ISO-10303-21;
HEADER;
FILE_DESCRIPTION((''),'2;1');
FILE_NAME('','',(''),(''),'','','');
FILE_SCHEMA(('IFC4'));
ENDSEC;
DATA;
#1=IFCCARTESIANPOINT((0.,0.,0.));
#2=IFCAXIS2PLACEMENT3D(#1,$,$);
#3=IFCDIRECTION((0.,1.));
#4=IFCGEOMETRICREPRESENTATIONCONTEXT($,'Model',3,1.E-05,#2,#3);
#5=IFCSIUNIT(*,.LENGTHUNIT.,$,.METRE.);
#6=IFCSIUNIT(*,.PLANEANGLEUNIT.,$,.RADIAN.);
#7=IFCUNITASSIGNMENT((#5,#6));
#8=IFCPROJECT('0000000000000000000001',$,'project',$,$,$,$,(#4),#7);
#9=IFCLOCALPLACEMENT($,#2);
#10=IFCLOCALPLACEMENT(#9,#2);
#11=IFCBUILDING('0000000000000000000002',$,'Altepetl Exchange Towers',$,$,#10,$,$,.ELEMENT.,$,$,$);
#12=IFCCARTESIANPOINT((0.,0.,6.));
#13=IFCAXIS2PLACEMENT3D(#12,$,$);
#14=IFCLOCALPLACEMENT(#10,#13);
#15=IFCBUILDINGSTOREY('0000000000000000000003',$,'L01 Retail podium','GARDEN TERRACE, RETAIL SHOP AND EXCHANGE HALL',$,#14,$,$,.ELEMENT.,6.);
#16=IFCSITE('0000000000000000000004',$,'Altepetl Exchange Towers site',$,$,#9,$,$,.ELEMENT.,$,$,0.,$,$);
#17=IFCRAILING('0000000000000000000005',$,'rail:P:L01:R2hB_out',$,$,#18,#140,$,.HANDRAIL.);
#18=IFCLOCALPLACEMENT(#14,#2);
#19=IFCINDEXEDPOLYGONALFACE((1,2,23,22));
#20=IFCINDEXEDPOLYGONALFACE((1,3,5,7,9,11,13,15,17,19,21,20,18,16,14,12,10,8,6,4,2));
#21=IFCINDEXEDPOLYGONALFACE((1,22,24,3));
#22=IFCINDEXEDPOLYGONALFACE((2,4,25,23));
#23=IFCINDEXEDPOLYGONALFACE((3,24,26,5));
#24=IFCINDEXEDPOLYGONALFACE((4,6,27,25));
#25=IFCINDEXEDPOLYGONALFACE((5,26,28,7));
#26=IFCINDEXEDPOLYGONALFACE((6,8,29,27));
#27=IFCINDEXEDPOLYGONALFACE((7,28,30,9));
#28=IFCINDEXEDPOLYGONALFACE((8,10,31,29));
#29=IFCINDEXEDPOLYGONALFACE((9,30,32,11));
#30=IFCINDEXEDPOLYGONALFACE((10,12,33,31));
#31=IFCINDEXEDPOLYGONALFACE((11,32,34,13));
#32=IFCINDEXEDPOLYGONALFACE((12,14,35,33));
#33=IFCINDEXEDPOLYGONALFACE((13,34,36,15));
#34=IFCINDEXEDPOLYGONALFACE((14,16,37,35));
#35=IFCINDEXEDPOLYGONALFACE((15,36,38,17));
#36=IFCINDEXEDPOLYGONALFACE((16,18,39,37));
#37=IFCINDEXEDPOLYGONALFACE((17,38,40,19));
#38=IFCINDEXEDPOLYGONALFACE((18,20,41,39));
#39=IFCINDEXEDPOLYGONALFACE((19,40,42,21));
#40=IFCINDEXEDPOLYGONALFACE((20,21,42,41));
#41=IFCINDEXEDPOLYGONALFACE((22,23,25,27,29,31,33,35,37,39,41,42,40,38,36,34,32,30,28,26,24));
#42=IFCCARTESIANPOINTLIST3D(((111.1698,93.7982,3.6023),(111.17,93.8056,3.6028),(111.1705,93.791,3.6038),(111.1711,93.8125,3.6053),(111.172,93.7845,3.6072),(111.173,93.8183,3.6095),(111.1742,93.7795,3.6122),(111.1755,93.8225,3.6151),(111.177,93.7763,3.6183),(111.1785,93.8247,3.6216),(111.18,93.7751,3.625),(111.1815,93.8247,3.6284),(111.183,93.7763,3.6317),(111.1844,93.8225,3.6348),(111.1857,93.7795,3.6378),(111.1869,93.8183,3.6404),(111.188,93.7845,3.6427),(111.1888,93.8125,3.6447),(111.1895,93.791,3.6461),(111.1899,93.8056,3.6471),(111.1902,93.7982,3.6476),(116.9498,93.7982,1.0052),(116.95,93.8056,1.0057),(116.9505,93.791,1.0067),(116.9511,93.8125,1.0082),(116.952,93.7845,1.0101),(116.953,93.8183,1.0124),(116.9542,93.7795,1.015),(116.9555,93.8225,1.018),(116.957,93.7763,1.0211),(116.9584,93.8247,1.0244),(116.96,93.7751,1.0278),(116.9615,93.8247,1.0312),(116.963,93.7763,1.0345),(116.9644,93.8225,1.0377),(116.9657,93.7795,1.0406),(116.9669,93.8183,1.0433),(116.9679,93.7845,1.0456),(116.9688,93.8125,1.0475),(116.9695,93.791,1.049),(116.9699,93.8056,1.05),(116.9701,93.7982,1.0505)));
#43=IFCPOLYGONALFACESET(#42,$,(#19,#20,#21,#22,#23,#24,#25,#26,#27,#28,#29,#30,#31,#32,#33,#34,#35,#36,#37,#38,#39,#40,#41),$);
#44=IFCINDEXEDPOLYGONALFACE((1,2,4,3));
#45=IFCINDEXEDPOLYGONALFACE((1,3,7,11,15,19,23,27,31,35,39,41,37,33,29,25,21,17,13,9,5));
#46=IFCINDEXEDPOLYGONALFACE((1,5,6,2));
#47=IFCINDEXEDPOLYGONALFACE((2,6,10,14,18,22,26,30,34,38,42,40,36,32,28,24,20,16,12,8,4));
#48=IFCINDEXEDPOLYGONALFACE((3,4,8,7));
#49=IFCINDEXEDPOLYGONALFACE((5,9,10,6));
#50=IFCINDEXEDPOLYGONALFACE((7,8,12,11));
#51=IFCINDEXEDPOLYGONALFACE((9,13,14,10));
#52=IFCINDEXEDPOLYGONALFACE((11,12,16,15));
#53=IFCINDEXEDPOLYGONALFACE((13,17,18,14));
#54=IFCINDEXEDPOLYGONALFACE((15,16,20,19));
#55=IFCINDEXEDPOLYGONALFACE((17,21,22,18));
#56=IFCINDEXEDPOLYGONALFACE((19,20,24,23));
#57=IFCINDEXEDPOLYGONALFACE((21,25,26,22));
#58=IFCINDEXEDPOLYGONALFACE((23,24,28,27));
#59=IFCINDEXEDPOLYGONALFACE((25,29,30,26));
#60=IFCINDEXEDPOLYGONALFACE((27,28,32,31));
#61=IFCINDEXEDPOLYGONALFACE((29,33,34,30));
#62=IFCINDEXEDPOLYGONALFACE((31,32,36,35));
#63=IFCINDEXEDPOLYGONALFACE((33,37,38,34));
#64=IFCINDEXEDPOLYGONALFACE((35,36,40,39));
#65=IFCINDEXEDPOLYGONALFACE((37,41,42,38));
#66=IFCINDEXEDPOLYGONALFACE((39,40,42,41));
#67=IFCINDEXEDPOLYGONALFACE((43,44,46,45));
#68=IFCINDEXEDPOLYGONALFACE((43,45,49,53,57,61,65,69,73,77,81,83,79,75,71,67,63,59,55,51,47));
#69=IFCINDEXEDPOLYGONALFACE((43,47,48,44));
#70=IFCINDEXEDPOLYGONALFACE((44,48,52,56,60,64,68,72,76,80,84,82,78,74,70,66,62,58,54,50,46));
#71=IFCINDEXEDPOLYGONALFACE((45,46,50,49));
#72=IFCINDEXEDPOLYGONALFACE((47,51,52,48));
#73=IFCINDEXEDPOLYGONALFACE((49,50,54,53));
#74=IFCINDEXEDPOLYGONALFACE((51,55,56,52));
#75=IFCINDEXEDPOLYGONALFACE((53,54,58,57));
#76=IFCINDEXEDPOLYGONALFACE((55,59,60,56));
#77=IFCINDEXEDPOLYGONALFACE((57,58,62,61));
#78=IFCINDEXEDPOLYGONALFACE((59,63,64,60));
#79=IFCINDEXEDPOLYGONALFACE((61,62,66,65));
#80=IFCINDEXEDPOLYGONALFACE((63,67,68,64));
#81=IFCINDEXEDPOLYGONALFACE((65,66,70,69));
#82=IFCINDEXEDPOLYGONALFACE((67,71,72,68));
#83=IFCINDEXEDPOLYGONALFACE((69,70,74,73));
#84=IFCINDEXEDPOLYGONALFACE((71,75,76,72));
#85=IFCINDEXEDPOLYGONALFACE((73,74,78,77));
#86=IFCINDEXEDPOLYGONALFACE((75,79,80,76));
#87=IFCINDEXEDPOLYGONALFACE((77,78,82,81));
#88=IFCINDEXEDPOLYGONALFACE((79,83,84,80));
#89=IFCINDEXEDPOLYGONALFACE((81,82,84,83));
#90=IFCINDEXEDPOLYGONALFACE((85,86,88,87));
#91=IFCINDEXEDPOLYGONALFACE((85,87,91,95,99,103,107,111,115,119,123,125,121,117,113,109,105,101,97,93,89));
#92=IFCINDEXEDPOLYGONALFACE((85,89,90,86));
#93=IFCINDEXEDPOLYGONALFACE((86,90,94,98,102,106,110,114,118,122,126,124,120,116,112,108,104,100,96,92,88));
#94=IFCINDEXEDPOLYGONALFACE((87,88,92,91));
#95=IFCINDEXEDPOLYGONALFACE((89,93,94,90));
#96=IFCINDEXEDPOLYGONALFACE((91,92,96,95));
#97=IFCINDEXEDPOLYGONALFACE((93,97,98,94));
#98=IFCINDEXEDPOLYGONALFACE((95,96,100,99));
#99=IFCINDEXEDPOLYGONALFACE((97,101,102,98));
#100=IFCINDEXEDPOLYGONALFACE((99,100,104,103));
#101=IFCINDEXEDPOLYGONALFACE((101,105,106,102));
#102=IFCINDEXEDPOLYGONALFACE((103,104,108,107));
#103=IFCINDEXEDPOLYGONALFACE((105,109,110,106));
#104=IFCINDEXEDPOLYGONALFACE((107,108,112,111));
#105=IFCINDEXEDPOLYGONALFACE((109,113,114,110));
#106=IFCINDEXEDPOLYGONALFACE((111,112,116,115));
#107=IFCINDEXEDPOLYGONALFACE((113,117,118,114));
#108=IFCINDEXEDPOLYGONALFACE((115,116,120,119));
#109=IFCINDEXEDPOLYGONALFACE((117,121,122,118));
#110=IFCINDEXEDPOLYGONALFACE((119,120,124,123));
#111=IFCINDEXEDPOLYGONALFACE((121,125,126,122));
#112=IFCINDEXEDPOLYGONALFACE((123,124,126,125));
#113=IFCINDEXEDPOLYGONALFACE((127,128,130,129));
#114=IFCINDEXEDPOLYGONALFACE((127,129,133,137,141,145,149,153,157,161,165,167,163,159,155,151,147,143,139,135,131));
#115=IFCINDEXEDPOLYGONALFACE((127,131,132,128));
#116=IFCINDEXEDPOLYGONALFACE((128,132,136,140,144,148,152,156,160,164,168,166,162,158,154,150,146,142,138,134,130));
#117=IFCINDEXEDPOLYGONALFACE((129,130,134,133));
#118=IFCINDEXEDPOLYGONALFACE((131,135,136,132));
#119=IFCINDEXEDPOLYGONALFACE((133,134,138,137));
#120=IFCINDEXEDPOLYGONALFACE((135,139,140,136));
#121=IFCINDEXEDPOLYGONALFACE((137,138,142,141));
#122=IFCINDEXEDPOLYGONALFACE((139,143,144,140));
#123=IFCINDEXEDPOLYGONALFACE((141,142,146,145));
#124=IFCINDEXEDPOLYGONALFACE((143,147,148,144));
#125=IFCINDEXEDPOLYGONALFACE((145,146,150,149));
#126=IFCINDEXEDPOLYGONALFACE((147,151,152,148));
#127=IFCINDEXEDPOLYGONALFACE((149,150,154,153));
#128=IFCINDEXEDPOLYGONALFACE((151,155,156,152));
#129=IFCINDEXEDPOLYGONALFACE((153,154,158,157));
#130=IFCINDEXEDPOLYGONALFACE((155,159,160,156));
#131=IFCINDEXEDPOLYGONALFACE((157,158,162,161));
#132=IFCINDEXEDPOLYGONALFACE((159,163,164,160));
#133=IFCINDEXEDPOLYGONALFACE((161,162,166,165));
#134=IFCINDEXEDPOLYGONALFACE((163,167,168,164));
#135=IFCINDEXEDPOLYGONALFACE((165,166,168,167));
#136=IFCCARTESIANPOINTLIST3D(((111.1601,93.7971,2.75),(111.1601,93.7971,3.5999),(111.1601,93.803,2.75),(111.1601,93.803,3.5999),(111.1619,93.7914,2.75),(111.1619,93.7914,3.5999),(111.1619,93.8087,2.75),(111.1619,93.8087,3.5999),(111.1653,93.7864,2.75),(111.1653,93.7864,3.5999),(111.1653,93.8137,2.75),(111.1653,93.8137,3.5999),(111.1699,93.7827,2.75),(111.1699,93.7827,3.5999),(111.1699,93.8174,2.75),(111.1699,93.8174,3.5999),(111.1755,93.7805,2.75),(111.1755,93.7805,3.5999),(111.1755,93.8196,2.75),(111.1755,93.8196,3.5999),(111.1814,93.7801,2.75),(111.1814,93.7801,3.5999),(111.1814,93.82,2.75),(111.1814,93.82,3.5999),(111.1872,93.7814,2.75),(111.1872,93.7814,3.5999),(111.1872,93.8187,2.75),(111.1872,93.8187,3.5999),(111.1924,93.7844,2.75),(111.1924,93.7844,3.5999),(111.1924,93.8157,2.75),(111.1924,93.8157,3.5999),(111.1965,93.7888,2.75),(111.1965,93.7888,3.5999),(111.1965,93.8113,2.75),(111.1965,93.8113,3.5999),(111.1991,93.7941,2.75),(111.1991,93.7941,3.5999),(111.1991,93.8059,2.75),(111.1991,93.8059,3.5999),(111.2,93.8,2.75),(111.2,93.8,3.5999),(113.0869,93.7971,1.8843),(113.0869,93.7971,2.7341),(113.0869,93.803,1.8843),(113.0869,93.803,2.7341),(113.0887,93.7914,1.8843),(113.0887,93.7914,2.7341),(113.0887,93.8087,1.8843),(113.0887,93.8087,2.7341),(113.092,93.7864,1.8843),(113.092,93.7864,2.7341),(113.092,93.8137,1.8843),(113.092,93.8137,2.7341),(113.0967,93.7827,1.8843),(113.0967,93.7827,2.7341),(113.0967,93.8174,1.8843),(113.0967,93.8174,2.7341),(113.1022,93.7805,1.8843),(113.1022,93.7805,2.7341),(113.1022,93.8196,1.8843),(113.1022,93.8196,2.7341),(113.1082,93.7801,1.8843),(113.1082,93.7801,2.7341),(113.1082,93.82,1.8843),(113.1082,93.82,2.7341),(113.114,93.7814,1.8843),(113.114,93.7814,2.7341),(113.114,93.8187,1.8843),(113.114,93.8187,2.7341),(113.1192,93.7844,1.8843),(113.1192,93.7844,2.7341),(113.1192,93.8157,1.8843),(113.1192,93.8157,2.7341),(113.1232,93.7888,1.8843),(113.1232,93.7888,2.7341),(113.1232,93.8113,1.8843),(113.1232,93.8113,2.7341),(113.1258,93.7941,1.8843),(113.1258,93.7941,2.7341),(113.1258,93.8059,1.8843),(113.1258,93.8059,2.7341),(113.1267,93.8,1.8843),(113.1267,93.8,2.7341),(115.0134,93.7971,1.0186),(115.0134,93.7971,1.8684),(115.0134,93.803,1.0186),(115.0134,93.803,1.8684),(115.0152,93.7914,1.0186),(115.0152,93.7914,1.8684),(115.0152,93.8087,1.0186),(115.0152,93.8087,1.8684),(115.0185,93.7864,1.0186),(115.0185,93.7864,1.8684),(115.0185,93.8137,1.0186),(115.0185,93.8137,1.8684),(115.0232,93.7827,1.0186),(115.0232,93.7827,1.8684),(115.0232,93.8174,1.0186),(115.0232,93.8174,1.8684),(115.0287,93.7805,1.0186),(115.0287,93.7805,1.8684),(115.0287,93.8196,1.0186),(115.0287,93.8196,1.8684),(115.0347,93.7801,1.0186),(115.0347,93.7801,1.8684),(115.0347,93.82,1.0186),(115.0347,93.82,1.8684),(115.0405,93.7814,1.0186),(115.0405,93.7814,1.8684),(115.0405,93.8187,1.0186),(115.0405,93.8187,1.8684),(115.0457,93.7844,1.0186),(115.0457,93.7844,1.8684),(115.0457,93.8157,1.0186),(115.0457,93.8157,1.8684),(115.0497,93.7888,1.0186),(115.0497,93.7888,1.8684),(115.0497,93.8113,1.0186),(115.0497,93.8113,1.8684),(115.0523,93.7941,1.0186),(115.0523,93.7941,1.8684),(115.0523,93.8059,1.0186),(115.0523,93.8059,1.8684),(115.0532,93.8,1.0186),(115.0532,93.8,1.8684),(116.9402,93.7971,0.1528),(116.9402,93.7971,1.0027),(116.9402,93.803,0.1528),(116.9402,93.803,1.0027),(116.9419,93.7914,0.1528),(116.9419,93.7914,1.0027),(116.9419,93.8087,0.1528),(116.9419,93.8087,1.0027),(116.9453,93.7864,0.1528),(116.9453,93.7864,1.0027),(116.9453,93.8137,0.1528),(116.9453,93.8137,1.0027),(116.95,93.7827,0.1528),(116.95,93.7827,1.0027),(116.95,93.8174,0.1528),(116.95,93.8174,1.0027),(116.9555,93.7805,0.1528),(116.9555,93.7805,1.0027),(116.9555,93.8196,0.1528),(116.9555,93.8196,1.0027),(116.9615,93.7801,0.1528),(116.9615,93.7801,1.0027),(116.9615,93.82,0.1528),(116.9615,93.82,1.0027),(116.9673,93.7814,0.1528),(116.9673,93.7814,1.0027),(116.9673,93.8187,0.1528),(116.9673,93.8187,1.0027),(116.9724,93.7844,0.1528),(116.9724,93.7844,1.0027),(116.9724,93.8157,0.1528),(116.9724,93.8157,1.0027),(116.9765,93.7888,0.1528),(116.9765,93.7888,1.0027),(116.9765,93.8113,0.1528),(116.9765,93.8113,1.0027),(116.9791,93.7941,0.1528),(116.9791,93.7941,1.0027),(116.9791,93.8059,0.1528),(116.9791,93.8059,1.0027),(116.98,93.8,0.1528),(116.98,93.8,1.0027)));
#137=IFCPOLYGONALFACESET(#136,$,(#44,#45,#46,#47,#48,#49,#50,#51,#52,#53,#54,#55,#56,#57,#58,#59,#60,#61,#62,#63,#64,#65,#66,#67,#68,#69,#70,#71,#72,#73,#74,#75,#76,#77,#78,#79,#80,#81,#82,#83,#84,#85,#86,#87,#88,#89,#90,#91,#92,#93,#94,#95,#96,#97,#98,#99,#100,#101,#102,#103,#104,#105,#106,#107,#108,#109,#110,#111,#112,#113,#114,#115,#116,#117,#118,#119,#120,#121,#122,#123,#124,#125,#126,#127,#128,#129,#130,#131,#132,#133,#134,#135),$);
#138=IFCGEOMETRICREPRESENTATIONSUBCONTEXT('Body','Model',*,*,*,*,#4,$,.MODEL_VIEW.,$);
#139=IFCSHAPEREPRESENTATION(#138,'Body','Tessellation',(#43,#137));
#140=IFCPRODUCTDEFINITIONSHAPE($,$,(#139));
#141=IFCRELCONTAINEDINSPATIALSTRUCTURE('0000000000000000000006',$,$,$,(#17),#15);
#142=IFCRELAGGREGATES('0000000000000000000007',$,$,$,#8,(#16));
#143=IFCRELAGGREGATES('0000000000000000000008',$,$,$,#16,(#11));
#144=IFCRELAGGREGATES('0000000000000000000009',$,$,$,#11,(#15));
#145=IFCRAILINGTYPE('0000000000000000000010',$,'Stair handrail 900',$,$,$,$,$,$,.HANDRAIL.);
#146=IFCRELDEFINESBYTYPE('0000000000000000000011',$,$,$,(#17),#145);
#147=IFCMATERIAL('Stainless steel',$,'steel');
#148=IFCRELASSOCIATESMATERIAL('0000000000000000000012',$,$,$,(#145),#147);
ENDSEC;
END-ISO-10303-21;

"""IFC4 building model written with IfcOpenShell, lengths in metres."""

from ifc_helpers import new_model, si_unit, direction, frame, origin, origin_2d, place, context, subcontext, project, spatial, circle, extrude, source, transform, mapped, material, type_object, element, save


model = new_model("IFC4")

# Units and contexts
model_context = context("Model", 3, precision=1e-05, world=origin(), true_north=direction((0.0, 1.0)))
body_context = subcontext(model_context, "Body", "Model", "MODEL_VIEW")
ifc_project = project(units=[si_unit("LENGTHUNIT", "METRE"), si_unit("PLANEANGLEUNIT", "RADIAN")], contexts=[model_context])

# Site, building, storey
site_placement = place(None, origin())
site = spatial("IfcSite", under=ifc_project, at=site_placement, Name="Altepetl Exchange Towers site", CompositionType="ELEMENT", RefElevation=0.0)
building_placement = place(site_placement, origin())
building = spatial("IfcBuilding", under=site, at=building_placement, Name="Altepetl Exchange Towers", CompositionType="ELEMENT")
storey_placement = place(building_placement, frame((0.0, 0.0, 6.0)))
storey = spatial("IfcBuildingStorey", under=building, at=storey_placement, Name="L01 Retail podium", Description="GARDEN TERRACE, RETAIL SHOP AND EXCHANGE HALL", CompositionType="ELEMENT", Elevation=6.0)

# Railing
ifc_material_1 = material(Name="Stainless steel", Category="steel")
railing_type_1 = type_object("IfcRailingType", Name="Stair handrail 900", PredefinedType="HANDRAIL", material=ifc_material_1)
shared_shape_1 = source(origin(), body_context, "Body", "SweptSolid", [
    extrude(circle(Radius=0.02, at=origin_2d()), origin(), (0.0, 0.0, 1.0), 0.8499),
])
for number, where, name in (
    (1, (116.96, 93.8, 0.1528), "rail:P:L01:R2hB_out"),
):
    element("IfcRailing", number, at=place(storey_placement, frame(where)), inside=storey, type_object=railing_type_1, Name=name, PredefinedType="HANDRAIL", context=body_context, shape_type="SweptSolid", body=[
        extrude(circle(Radius=0.0249, at=origin_2d()), frame((0.0, 0.0, 0.875), z_axis=(-0.912148, 0.0, 0.40986), x_axis=(0.0, -1.0, 0.0)), (0.0, 0.0, 1.0), 6.3367),
        mapped(shared_shape_1, transform((0.0, 0.0, 0.0))),
        mapped(shared_shape_1, transform((-1.9268, 0.0, 0.8657))),
        mapped(shared_shape_1, transform((-3.8533, 0.0, 1.7314))),
        mapped(shared_shape_1, transform((-5.78, 0.0, 2.5972))),
    ])

save(model, "model.ifc")
